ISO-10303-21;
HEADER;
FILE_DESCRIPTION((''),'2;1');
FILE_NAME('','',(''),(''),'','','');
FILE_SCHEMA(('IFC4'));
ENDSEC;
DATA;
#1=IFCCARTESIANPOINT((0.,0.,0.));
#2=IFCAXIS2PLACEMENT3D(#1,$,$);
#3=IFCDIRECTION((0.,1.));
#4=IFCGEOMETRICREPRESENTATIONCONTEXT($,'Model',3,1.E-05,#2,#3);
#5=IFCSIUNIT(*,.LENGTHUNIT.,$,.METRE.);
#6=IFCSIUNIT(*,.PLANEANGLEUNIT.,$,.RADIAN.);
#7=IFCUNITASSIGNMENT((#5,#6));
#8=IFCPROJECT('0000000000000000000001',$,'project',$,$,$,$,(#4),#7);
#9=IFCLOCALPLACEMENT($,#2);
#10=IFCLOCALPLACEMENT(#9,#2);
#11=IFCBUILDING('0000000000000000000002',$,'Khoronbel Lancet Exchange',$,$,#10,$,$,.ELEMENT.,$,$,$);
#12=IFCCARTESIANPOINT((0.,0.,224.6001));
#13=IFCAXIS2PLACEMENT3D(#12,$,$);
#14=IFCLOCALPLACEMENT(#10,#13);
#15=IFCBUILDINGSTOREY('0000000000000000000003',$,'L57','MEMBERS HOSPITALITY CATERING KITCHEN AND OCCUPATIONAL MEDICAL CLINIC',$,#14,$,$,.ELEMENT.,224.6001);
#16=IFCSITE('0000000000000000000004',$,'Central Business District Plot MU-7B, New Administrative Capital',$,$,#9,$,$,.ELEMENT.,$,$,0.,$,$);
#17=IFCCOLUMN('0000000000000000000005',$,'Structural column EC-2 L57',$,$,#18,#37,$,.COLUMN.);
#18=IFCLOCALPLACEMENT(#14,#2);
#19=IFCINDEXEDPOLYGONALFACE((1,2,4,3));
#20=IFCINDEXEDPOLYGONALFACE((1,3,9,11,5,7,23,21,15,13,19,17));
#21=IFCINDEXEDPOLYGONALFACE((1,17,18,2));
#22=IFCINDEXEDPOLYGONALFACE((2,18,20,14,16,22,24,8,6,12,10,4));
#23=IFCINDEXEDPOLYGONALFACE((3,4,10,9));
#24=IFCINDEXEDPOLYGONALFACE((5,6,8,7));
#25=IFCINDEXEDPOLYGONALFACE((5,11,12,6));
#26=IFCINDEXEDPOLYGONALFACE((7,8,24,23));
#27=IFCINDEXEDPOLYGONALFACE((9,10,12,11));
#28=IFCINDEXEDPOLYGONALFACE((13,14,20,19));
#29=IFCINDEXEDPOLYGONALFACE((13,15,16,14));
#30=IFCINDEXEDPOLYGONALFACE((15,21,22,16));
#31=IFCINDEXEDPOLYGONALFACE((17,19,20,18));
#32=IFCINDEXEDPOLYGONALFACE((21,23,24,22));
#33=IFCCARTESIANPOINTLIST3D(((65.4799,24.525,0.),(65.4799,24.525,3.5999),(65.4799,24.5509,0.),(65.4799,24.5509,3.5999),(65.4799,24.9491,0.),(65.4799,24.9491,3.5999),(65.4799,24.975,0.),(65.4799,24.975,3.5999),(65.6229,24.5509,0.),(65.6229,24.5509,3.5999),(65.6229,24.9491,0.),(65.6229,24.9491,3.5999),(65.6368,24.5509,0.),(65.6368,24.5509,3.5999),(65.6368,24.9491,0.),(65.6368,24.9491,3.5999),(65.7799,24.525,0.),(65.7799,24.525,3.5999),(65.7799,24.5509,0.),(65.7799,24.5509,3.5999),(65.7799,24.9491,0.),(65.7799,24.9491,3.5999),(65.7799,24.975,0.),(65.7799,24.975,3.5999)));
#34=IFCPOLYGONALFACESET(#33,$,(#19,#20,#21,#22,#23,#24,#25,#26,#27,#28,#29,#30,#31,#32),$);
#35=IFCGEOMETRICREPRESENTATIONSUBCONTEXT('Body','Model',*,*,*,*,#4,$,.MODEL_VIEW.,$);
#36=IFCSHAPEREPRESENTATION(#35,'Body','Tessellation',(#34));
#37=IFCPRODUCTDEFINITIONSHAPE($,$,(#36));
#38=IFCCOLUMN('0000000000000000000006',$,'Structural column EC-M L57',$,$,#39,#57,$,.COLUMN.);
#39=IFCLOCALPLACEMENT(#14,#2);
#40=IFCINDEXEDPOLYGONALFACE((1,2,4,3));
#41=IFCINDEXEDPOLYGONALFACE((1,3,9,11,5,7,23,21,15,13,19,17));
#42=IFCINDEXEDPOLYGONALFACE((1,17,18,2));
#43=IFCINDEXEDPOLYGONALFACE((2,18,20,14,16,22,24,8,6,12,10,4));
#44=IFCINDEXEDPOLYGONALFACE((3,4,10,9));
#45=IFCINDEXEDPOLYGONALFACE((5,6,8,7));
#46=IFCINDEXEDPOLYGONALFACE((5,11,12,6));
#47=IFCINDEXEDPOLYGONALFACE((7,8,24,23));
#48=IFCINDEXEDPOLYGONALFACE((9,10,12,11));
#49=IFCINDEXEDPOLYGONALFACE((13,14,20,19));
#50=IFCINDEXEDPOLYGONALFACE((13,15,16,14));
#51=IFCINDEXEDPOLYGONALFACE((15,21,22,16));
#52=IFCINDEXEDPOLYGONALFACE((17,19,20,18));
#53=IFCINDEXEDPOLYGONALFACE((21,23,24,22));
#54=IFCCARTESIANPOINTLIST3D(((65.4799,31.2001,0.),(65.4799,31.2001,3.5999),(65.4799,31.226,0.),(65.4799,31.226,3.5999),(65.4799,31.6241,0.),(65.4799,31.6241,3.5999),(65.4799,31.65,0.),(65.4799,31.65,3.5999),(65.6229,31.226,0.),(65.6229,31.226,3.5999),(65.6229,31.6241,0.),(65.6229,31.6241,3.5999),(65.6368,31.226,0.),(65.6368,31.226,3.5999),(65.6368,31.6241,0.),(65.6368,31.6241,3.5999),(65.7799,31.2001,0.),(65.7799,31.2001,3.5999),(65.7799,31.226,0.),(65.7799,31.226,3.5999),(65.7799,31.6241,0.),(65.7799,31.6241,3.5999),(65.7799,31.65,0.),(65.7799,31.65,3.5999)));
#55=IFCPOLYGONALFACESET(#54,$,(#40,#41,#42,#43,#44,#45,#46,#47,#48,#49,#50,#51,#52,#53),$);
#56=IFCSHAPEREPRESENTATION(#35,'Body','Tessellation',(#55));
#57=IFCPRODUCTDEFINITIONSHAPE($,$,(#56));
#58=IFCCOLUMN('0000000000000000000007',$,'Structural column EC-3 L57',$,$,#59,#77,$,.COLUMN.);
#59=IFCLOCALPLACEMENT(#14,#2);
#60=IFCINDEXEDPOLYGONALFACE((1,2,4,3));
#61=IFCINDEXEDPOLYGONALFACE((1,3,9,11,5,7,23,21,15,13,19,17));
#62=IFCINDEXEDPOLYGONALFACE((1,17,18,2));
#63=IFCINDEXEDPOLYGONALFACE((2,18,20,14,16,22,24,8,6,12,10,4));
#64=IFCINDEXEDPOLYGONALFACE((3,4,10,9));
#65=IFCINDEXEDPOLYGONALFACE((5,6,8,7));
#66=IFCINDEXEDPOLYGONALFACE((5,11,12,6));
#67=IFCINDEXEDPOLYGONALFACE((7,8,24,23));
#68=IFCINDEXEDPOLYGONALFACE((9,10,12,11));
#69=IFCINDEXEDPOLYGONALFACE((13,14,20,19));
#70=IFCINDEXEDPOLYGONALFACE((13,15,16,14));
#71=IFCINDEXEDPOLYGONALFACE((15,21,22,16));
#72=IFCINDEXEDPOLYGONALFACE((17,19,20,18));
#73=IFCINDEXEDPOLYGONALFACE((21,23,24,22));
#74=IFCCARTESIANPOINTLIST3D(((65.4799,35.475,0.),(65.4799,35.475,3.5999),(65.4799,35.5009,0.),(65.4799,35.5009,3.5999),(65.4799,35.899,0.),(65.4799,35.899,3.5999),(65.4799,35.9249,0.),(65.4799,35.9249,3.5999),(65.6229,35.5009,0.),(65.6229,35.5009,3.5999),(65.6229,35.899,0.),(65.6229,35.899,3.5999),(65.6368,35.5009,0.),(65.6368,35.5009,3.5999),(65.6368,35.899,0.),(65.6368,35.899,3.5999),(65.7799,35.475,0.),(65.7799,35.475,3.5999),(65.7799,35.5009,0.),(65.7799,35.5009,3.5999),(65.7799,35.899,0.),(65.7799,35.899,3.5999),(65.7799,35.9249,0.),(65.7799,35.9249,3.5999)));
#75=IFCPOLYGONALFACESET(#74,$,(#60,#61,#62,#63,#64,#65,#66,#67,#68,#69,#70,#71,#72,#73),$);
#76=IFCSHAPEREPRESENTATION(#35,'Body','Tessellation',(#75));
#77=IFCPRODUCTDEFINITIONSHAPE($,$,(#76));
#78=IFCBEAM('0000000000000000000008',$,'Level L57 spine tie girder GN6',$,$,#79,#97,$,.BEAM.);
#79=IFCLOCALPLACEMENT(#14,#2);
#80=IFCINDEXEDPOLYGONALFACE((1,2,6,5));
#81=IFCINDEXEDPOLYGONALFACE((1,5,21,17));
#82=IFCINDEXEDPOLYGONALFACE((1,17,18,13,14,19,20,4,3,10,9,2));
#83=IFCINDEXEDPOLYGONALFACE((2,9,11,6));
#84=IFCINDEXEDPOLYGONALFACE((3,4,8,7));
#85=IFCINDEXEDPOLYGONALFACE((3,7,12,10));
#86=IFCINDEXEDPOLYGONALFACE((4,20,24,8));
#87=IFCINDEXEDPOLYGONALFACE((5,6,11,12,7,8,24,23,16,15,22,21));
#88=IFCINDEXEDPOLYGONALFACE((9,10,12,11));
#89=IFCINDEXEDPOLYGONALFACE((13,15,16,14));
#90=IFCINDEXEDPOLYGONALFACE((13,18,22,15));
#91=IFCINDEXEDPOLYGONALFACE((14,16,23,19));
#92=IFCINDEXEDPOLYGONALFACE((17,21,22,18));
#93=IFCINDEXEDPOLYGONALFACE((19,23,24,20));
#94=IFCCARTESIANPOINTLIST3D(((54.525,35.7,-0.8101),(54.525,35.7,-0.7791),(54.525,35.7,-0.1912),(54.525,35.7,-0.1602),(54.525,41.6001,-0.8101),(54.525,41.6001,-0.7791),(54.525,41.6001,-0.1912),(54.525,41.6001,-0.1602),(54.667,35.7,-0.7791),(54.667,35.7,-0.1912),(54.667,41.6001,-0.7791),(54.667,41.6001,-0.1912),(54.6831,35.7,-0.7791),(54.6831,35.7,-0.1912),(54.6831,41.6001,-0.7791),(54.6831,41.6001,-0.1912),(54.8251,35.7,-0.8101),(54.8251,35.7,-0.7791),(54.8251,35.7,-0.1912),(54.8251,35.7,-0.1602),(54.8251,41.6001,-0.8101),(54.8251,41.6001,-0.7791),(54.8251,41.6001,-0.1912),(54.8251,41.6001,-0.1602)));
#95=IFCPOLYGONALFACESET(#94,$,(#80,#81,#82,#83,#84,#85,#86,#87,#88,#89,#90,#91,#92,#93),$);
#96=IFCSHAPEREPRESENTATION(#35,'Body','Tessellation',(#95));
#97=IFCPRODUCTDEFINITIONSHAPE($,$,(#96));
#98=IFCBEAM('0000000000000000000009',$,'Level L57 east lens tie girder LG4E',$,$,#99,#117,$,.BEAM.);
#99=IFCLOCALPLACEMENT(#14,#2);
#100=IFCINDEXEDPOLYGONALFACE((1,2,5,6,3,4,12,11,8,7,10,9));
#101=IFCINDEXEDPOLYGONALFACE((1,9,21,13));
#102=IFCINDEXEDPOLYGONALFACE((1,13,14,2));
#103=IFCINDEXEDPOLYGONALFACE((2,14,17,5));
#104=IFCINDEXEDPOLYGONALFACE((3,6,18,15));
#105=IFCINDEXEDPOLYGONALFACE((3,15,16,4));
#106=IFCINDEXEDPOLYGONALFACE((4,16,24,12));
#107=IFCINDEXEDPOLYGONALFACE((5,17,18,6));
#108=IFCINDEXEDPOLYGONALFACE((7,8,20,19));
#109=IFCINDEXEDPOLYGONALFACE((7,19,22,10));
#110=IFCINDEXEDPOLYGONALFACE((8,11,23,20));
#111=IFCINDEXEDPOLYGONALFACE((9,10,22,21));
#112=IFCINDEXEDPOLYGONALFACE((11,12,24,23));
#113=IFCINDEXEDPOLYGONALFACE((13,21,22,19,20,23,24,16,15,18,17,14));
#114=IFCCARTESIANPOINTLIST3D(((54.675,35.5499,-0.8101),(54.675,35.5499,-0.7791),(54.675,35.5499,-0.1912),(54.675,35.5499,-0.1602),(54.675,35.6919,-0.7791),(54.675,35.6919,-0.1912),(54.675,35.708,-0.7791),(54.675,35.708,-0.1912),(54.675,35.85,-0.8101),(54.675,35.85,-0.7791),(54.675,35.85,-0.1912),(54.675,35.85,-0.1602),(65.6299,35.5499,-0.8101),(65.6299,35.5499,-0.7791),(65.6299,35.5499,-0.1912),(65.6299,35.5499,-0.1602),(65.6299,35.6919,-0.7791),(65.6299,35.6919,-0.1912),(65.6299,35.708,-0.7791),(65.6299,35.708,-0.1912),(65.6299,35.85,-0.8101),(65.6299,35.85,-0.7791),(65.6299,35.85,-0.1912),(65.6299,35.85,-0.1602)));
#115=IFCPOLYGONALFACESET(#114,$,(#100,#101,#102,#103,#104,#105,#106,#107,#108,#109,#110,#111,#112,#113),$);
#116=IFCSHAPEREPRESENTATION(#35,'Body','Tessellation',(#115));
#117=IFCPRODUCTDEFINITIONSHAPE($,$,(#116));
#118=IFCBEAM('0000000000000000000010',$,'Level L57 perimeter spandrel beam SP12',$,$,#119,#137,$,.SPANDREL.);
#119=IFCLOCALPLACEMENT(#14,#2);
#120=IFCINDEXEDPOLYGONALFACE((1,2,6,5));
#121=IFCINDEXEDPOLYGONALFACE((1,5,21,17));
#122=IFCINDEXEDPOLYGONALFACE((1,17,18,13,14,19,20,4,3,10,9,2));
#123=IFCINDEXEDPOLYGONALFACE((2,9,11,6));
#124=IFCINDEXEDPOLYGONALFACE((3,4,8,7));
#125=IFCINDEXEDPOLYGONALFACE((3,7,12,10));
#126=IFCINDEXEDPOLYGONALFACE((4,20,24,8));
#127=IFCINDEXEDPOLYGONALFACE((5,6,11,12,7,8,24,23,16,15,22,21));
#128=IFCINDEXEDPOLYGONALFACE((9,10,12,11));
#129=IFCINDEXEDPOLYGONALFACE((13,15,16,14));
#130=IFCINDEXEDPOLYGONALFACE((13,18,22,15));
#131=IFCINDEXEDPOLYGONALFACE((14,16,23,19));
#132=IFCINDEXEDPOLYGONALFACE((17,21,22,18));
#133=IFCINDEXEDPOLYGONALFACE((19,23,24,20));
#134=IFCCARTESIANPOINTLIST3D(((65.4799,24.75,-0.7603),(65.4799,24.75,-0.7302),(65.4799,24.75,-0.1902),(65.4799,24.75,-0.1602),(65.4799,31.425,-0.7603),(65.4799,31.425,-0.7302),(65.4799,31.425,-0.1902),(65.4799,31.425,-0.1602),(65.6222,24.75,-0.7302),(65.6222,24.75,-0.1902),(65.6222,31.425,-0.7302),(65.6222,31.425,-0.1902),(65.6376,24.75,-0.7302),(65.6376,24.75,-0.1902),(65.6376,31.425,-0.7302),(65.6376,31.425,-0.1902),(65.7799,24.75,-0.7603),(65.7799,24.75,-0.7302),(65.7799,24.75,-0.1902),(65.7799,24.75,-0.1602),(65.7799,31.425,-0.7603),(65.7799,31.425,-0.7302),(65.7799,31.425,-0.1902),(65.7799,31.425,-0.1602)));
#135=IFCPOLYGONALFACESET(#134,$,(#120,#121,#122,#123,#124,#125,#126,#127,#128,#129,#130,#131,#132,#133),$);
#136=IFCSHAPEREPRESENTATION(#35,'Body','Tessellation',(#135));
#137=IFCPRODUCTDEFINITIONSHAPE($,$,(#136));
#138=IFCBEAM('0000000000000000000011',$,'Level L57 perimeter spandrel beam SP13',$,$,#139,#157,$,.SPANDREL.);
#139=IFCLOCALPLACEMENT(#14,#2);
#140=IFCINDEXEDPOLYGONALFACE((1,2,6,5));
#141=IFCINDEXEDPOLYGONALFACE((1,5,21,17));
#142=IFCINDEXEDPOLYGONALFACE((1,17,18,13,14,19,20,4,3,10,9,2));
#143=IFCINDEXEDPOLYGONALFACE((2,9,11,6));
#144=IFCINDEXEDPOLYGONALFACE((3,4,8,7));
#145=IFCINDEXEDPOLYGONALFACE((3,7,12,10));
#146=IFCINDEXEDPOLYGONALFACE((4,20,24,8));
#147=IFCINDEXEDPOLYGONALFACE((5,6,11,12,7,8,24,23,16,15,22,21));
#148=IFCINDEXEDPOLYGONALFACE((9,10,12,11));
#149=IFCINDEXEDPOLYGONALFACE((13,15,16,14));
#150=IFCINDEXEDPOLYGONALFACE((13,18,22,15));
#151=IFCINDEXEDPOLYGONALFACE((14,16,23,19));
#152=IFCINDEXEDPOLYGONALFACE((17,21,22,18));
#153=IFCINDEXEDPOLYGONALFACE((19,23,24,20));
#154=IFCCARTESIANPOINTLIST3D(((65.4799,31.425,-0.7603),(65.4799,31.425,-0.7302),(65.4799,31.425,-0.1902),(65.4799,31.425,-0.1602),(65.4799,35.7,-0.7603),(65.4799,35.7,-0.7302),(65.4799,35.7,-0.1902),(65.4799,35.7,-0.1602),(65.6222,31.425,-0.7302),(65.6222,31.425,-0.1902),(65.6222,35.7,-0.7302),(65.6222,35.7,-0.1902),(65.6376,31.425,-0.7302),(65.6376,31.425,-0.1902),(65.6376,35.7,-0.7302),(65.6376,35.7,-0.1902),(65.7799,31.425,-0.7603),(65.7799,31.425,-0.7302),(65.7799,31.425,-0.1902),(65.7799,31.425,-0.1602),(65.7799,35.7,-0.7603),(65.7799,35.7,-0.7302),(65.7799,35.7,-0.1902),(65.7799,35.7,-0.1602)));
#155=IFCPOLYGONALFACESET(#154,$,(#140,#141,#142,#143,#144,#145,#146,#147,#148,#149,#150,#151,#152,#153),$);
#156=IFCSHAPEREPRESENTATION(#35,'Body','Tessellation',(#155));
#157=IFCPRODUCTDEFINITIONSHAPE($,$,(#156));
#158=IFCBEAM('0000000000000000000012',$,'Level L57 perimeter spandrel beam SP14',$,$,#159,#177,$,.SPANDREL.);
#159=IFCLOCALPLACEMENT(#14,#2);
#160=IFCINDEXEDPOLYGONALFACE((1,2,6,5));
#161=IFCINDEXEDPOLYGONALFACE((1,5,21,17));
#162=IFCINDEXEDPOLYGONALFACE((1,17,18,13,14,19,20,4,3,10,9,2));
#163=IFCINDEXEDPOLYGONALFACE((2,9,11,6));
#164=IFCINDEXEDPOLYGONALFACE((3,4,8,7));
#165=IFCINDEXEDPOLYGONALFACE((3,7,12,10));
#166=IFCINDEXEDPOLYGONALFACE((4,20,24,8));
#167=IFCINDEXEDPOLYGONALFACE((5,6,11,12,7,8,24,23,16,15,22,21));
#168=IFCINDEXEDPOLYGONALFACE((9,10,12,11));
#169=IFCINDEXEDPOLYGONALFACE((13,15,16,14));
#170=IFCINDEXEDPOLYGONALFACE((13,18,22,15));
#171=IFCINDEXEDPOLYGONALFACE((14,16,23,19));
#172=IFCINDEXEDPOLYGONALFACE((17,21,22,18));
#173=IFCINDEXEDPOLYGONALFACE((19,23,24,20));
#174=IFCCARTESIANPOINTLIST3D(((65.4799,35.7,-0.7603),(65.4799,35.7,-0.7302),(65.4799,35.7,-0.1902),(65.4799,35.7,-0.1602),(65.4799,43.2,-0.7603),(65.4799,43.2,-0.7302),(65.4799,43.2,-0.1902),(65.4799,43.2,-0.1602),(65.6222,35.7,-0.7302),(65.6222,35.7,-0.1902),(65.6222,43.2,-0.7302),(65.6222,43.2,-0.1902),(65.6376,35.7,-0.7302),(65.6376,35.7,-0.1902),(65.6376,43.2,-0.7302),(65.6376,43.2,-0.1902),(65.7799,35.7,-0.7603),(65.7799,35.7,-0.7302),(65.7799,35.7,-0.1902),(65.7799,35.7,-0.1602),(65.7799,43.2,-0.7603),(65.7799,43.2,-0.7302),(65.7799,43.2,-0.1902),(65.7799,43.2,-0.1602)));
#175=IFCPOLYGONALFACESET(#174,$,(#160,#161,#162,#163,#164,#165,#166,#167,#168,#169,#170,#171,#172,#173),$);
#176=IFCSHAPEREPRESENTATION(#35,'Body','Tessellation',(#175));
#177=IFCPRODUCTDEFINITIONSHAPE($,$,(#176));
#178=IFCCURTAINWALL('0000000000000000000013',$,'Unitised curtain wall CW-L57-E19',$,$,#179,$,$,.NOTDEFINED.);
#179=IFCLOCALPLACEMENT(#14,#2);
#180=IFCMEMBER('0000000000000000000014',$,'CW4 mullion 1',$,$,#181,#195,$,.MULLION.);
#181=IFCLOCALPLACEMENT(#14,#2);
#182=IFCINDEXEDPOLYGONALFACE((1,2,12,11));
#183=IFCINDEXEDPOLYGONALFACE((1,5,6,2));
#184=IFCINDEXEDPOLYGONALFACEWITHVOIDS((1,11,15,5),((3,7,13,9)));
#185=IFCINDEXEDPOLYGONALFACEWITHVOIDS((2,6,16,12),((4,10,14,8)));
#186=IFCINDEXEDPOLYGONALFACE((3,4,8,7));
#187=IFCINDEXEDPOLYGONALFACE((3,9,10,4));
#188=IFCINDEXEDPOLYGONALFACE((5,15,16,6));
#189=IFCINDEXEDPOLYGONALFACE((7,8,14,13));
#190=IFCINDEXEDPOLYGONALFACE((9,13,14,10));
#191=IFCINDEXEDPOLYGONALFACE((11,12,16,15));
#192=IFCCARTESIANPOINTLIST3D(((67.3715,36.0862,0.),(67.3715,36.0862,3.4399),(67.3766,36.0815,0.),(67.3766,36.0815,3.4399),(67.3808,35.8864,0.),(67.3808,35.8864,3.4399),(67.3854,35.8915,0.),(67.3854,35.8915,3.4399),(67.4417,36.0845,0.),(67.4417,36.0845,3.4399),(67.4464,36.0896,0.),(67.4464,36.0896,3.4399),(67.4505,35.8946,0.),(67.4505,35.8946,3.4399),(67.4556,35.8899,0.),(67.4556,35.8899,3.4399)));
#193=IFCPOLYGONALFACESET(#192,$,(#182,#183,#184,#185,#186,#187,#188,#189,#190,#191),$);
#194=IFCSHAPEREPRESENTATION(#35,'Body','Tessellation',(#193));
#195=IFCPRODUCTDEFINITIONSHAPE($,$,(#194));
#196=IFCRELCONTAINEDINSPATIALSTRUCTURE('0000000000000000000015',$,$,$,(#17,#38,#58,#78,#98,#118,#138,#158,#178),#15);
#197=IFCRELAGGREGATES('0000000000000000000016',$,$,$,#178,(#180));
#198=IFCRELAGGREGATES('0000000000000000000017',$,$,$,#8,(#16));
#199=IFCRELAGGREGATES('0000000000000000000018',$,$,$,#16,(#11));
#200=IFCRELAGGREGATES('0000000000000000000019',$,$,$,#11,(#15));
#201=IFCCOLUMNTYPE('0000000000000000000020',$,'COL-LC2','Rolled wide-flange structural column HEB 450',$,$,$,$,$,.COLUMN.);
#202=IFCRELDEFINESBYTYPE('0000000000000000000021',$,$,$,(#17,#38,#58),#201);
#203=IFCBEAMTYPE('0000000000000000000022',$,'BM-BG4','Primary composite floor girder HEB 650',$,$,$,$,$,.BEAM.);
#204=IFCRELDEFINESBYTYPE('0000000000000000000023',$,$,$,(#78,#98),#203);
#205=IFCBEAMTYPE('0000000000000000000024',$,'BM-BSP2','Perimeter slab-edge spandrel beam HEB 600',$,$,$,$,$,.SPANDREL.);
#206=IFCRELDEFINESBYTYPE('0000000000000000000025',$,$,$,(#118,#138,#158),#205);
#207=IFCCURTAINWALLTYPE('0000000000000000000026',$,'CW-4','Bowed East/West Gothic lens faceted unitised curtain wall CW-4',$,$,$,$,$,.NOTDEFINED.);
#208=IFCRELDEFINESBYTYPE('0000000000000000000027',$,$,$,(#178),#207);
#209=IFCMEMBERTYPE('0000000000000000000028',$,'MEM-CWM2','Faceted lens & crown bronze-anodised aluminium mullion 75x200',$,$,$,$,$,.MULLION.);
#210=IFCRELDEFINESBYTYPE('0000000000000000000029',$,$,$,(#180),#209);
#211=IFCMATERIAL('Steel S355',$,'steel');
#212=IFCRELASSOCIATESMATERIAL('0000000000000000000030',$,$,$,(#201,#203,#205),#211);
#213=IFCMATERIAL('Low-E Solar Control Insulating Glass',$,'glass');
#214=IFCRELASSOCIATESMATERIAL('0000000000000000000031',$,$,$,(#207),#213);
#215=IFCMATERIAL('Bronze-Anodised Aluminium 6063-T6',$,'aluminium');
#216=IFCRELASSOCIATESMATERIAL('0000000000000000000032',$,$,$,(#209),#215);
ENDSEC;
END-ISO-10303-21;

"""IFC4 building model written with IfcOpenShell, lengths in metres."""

from ifc_helpers import new_model, si_unit, direction, frame, origin, origin_2d, place, context, subcontext, project, spatial, hollow_rectangle, i_section, extrude, material, material_profile, profile_set, type_object, element, aggregate, save


model = new_model("IFC4")

# Units and contexts
model_context = context("Model", 3, precision=1e-05, world=origin(), true_north=direction((0.0, 1.0)))
body_context = subcontext(model_context, "Body", "Model", "MODEL_VIEW")
ifc_project = project(units=[si_unit("LENGTHUNIT", "METRE"), si_unit("PLANEANGLEUNIT", "RADIAN")], contexts=[model_context])

# Site, building, storey
site_placement = place(None, origin())
site = spatial("IfcSite", under=ifc_project, at=site_placement, Name="Central Business District Plot MU-7B, New Administrative Capital", CompositionType="ELEMENT", RefElevation=0.0)
building_placement = place(site_placement, origin())
building = spatial("IfcBuilding", under=site, at=building_placement, Name="Khoronbel Lancet Exchange", CompositionType="ELEMENT")
storey_placement = place(building_placement, frame((0.0, 0.0, 224.6001)))
storey = spatial("IfcBuildingStorey", under=building, at=storey_placement, Name="L57", Description="MEMBERS HOSPITALITY CATERING KITCHEN AND OCCUPATIONAL MEDICAL CLINIC", CompositionType="ELEMENT", Elevation=224.6001)

# Columns
ifc_material_1 = material(Name="Steel S355", Category="steel")
ifc_material_profile_1 = material_profile(ifc_material_1, i_section(OverallWidth=0.3, OverallDepth=0.45, WebThickness=0.0139, FlangeThickness=0.0259, at=origin_2d()), Name="HEB 450")
ifc_profile_set_1 = profile_set([ifc_material_profile_1], Name="Steel S355")
column_type = type_object("IfcColumnType", Name="COL-LC2", Description="Rolled wide-flange structural column HEB 450", PredefinedType="COLUMN", material=ifc_profile_set_1)
for number, where, z_axis, x_axis, name in (
    (1, (65.6299, 24.75, 0.0), (0.0, 0.0, 1.0), (1.0, 0.0, 0.0), "Structural column EC-2 L57"),
    (2, (65.6299, 31.425, 0.0), (0.0, 0.0, 1.0), (1.0, 0.0, 0.0), "Structural column EC-M L57"),
    (3, (65.6299, 35.7, 0.0), (0.0, 0.0, 1.0), (1.0, 0.0, 0.0), "Structural column EC-3 L57"),
):
    element("IfcColumn", number, at=place(storey_placement, frame(where, z_axis=z_axis, x_axis=x_axis)), inside=storey, type_object=column_type, Name=name, PredefinedType="COLUMN", context=body_context, shape_type="SweptSolid", body=[
        extrude(i_section(OverallWidth=0.3, OverallDepth=0.45, WebThickness=0.0139, FlangeThickness=0.0259, at=origin_2d()), origin(), (0.0, 0.0, 1.0), 3.5999),
    ])

# Beams
ifc_material_profile_2 = material_profile(ifc_material_1, i_section(OverallWidth=0.3, OverallDepth=0.6499, WebThickness=0.0161, FlangeThickness=0.031, at=origin_2d()), Name="HEB 650")
ifc_profile_set_2 = profile_set([ifc_material_profile_2], Name="Steel S355")
beam_type_1 = type_object("IfcBeamType", Name="BM-BG4", Description="Primary composite floor girder HEB 650", PredefinedType="BEAM", material=ifc_profile_set_2)
beam_1_placement = place(storey_placement, frame((54.675, 35.7, -0.4851), z_axis=(0.0, 1.0, 0.0), x_axis=(-1.0, 0.0, 0.0)))
element("IfcBeam", 4, at=beam_1_placement, inside=storey, type_object=beam_type_1, Name="Level L57 spine tie girder GN6", PredefinedType="BEAM", context=body_context, shape_type="SweptSolid", body=[
    extrude(i_section(OverallWidth=0.3, OverallDepth=0.6499, WebThickness=0.0161, FlangeThickness=0.031, at=origin_2d()), origin(), (0.0, 0.0, 1.0), 5.9001),
])
beam_2_placement = place(storey_placement, frame((54.675, 35.7, -0.4851), z_axis=(1.0, 0.0, 0.0), x_axis=(0.0, 1.0, 0.0)))
element("IfcBeam", 5, at=beam_2_placement, inside=storey, type_object=beam_type_1, Name="Level L57 east lens tie girder LG4E", PredefinedType="BEAM", context=body_context, shape_type="SweptSolid", body=[
    extrude(i_section(OverallWidth=0.3, OverallDepth=0.6499, WebThickness=0.0161, FlangeThickness=0.031, at=origin_2d()), origin(), (0.0, 0.0, 1.0), 10.9548),
])
ifc_material_profile_3 = material_profile(ifc_material_1, i_section(OverallWidth=0.3, OverallDepth=0.6001, WebThickness=0.0154, FlangeThickness=0.03, at=origin_2d()), Name="HEB 600")
ifc_profile_set_3 = profile_set([ifc_material_profile_3], Name="Steel S355")
beam_type_2 = type_object("IfcBeamType", Name="BM-BSP2", Description="Perimeter slab-edge spandrel beam HEB 600", PredefinedType="SPANDREL", material=ifc_profile_set_3)
beam_3_placement = place(storey_placement, frame((65.6299, 24.75, -0.4602), z_axis=(0.0, 1.0, 0.0), x_axis=(-1.0, 0.0, 0.0)))
element("IfcBeam", 6, at=beam_3_placement, inside=storey, type_object=beam_type_2, Name="Level L57 perimeter spandrel beam SP12", PredefinedType="SPANDREL", context=body_context, shape_type="SweptSolid", body=[
    extrude(i_section(OverallWidth=0.3, OverallDepth=0.6001, WebThickness=0.0154, FlangeThickness=0.03, at=origin_2d()), origin(), (0.0, 0.0, 1.0), 6.675),
])
beam_4_placement = place(storey_placement, frame((65.6299, 31.425, -0.4602), z_axis=(0.0, 1.0, 0.0), x_axis=(-1.0, 0.0, 0.0)))
element("IfcBeam", 7, at=beam_4_placement, inside=storey, type_object=beam_type_2, Name="Level L57 perimeter spandrel beam SP13", PredefinedType="SPANDREL", context=body_context, shape_type="SweptSolid", body=[
    extrude(i_section(OverallWidth=0.3, OverallDepth=0.6001, WebThickness=0.0154, FlangeThickness=0.03, at=origin_2d()), origin(), (0.0, 0.0, 1.0), 4.2749),
])
beam_5_placement = place(storey_placement, frame((65.6299, 35.7, -0.4602), z_axis=(0.0, 1.0, 0.0), x_axis=(-1.0, 0.0, 0.0)))
element("IfcBeam", 8, at=beam_5_placement, inside=storey, type_object=beam_type_2, Name="Level L57 perimeter spandrel beam SP14", PredefinedType="SPANDREL", context=body_context, shape_type="SweptSolid", body=[
    extrude(i_section(OverallWidth=0.3, OverallDepth=0.6001, WebThickness=0.0154, FlangeThickness=0.03, at=origin_2d()), origin(), (0.0, 0.0, 1.0), 7.5),
])

# Curtain wall, member
ifc_material_2 = material(Name="Low-E Solar Control Insulating Glass", Category="glass")
curtain_wall_type = type_object("IfcCurtainWallType", Name="CW-4", Description="Bowed East/West Gothic lens faceted unitised curtain wall CW-4", PredefinedType="NOTDEFINED", material=ifc_material_2)
curtain_wall_1_placement = place(storey_placement, origin())
curtain_wall_1 = element("IfcCurtainWall", 9, at=curtain_wall_1_placement, inside=storey, type_object=curtain_wall_type, Name="Unitised curtain wall CW-L57-E19", PredefinedType="NOTDEFINED")
ifc_material_3 = material(Name="Bronze-Anodised Aluminium 6063-T6", Category="aluminium")
ifc_material_profile_4 = material_profile(ifc_material_3, hollow_rectangle(XDim=0.075, YDim=0.2, WallThickness=0.0049, at=origin_2d()), Name="ALU MULLION 75x200")
ifc_profile_set_4 = profile_set([ifc_material_profile_4], Name="Bronze-Anodised Aluminium 6063-T6")
member_type_1 = type_object("IfcMemberType", Name="MEM-CWM2", Description="Faceted lens & crown bronze-anodised aluminium mullion 75x200", PredefinedType="MULLION", material=ifc_profile_set_4)
member_1_placement = place(storey_placement, frame((67.4136, 35.988, 0.0), z_axis=(0.0, 0.0, 1.0), x_axis=(0.998923, 0.046391, 0.0)))
member_1 = element("IfcMember", 10, at=member_1_placement, type_object=member_type_1, Name="CW4 mullion 1", PredefinedType="MULLION", context=body_context, shape_type="SweptSolid", body=[
    extrude(hollow_rectangle(XDim=0.075, YDim=0.2, WallThickness=0.0049, at=origin_2d()), origin(), (0.0, 0.0, 1.0), 3.4399),
])

aggregate(curtain_wall_1, [member_1])

save(model, "model.ifc")
